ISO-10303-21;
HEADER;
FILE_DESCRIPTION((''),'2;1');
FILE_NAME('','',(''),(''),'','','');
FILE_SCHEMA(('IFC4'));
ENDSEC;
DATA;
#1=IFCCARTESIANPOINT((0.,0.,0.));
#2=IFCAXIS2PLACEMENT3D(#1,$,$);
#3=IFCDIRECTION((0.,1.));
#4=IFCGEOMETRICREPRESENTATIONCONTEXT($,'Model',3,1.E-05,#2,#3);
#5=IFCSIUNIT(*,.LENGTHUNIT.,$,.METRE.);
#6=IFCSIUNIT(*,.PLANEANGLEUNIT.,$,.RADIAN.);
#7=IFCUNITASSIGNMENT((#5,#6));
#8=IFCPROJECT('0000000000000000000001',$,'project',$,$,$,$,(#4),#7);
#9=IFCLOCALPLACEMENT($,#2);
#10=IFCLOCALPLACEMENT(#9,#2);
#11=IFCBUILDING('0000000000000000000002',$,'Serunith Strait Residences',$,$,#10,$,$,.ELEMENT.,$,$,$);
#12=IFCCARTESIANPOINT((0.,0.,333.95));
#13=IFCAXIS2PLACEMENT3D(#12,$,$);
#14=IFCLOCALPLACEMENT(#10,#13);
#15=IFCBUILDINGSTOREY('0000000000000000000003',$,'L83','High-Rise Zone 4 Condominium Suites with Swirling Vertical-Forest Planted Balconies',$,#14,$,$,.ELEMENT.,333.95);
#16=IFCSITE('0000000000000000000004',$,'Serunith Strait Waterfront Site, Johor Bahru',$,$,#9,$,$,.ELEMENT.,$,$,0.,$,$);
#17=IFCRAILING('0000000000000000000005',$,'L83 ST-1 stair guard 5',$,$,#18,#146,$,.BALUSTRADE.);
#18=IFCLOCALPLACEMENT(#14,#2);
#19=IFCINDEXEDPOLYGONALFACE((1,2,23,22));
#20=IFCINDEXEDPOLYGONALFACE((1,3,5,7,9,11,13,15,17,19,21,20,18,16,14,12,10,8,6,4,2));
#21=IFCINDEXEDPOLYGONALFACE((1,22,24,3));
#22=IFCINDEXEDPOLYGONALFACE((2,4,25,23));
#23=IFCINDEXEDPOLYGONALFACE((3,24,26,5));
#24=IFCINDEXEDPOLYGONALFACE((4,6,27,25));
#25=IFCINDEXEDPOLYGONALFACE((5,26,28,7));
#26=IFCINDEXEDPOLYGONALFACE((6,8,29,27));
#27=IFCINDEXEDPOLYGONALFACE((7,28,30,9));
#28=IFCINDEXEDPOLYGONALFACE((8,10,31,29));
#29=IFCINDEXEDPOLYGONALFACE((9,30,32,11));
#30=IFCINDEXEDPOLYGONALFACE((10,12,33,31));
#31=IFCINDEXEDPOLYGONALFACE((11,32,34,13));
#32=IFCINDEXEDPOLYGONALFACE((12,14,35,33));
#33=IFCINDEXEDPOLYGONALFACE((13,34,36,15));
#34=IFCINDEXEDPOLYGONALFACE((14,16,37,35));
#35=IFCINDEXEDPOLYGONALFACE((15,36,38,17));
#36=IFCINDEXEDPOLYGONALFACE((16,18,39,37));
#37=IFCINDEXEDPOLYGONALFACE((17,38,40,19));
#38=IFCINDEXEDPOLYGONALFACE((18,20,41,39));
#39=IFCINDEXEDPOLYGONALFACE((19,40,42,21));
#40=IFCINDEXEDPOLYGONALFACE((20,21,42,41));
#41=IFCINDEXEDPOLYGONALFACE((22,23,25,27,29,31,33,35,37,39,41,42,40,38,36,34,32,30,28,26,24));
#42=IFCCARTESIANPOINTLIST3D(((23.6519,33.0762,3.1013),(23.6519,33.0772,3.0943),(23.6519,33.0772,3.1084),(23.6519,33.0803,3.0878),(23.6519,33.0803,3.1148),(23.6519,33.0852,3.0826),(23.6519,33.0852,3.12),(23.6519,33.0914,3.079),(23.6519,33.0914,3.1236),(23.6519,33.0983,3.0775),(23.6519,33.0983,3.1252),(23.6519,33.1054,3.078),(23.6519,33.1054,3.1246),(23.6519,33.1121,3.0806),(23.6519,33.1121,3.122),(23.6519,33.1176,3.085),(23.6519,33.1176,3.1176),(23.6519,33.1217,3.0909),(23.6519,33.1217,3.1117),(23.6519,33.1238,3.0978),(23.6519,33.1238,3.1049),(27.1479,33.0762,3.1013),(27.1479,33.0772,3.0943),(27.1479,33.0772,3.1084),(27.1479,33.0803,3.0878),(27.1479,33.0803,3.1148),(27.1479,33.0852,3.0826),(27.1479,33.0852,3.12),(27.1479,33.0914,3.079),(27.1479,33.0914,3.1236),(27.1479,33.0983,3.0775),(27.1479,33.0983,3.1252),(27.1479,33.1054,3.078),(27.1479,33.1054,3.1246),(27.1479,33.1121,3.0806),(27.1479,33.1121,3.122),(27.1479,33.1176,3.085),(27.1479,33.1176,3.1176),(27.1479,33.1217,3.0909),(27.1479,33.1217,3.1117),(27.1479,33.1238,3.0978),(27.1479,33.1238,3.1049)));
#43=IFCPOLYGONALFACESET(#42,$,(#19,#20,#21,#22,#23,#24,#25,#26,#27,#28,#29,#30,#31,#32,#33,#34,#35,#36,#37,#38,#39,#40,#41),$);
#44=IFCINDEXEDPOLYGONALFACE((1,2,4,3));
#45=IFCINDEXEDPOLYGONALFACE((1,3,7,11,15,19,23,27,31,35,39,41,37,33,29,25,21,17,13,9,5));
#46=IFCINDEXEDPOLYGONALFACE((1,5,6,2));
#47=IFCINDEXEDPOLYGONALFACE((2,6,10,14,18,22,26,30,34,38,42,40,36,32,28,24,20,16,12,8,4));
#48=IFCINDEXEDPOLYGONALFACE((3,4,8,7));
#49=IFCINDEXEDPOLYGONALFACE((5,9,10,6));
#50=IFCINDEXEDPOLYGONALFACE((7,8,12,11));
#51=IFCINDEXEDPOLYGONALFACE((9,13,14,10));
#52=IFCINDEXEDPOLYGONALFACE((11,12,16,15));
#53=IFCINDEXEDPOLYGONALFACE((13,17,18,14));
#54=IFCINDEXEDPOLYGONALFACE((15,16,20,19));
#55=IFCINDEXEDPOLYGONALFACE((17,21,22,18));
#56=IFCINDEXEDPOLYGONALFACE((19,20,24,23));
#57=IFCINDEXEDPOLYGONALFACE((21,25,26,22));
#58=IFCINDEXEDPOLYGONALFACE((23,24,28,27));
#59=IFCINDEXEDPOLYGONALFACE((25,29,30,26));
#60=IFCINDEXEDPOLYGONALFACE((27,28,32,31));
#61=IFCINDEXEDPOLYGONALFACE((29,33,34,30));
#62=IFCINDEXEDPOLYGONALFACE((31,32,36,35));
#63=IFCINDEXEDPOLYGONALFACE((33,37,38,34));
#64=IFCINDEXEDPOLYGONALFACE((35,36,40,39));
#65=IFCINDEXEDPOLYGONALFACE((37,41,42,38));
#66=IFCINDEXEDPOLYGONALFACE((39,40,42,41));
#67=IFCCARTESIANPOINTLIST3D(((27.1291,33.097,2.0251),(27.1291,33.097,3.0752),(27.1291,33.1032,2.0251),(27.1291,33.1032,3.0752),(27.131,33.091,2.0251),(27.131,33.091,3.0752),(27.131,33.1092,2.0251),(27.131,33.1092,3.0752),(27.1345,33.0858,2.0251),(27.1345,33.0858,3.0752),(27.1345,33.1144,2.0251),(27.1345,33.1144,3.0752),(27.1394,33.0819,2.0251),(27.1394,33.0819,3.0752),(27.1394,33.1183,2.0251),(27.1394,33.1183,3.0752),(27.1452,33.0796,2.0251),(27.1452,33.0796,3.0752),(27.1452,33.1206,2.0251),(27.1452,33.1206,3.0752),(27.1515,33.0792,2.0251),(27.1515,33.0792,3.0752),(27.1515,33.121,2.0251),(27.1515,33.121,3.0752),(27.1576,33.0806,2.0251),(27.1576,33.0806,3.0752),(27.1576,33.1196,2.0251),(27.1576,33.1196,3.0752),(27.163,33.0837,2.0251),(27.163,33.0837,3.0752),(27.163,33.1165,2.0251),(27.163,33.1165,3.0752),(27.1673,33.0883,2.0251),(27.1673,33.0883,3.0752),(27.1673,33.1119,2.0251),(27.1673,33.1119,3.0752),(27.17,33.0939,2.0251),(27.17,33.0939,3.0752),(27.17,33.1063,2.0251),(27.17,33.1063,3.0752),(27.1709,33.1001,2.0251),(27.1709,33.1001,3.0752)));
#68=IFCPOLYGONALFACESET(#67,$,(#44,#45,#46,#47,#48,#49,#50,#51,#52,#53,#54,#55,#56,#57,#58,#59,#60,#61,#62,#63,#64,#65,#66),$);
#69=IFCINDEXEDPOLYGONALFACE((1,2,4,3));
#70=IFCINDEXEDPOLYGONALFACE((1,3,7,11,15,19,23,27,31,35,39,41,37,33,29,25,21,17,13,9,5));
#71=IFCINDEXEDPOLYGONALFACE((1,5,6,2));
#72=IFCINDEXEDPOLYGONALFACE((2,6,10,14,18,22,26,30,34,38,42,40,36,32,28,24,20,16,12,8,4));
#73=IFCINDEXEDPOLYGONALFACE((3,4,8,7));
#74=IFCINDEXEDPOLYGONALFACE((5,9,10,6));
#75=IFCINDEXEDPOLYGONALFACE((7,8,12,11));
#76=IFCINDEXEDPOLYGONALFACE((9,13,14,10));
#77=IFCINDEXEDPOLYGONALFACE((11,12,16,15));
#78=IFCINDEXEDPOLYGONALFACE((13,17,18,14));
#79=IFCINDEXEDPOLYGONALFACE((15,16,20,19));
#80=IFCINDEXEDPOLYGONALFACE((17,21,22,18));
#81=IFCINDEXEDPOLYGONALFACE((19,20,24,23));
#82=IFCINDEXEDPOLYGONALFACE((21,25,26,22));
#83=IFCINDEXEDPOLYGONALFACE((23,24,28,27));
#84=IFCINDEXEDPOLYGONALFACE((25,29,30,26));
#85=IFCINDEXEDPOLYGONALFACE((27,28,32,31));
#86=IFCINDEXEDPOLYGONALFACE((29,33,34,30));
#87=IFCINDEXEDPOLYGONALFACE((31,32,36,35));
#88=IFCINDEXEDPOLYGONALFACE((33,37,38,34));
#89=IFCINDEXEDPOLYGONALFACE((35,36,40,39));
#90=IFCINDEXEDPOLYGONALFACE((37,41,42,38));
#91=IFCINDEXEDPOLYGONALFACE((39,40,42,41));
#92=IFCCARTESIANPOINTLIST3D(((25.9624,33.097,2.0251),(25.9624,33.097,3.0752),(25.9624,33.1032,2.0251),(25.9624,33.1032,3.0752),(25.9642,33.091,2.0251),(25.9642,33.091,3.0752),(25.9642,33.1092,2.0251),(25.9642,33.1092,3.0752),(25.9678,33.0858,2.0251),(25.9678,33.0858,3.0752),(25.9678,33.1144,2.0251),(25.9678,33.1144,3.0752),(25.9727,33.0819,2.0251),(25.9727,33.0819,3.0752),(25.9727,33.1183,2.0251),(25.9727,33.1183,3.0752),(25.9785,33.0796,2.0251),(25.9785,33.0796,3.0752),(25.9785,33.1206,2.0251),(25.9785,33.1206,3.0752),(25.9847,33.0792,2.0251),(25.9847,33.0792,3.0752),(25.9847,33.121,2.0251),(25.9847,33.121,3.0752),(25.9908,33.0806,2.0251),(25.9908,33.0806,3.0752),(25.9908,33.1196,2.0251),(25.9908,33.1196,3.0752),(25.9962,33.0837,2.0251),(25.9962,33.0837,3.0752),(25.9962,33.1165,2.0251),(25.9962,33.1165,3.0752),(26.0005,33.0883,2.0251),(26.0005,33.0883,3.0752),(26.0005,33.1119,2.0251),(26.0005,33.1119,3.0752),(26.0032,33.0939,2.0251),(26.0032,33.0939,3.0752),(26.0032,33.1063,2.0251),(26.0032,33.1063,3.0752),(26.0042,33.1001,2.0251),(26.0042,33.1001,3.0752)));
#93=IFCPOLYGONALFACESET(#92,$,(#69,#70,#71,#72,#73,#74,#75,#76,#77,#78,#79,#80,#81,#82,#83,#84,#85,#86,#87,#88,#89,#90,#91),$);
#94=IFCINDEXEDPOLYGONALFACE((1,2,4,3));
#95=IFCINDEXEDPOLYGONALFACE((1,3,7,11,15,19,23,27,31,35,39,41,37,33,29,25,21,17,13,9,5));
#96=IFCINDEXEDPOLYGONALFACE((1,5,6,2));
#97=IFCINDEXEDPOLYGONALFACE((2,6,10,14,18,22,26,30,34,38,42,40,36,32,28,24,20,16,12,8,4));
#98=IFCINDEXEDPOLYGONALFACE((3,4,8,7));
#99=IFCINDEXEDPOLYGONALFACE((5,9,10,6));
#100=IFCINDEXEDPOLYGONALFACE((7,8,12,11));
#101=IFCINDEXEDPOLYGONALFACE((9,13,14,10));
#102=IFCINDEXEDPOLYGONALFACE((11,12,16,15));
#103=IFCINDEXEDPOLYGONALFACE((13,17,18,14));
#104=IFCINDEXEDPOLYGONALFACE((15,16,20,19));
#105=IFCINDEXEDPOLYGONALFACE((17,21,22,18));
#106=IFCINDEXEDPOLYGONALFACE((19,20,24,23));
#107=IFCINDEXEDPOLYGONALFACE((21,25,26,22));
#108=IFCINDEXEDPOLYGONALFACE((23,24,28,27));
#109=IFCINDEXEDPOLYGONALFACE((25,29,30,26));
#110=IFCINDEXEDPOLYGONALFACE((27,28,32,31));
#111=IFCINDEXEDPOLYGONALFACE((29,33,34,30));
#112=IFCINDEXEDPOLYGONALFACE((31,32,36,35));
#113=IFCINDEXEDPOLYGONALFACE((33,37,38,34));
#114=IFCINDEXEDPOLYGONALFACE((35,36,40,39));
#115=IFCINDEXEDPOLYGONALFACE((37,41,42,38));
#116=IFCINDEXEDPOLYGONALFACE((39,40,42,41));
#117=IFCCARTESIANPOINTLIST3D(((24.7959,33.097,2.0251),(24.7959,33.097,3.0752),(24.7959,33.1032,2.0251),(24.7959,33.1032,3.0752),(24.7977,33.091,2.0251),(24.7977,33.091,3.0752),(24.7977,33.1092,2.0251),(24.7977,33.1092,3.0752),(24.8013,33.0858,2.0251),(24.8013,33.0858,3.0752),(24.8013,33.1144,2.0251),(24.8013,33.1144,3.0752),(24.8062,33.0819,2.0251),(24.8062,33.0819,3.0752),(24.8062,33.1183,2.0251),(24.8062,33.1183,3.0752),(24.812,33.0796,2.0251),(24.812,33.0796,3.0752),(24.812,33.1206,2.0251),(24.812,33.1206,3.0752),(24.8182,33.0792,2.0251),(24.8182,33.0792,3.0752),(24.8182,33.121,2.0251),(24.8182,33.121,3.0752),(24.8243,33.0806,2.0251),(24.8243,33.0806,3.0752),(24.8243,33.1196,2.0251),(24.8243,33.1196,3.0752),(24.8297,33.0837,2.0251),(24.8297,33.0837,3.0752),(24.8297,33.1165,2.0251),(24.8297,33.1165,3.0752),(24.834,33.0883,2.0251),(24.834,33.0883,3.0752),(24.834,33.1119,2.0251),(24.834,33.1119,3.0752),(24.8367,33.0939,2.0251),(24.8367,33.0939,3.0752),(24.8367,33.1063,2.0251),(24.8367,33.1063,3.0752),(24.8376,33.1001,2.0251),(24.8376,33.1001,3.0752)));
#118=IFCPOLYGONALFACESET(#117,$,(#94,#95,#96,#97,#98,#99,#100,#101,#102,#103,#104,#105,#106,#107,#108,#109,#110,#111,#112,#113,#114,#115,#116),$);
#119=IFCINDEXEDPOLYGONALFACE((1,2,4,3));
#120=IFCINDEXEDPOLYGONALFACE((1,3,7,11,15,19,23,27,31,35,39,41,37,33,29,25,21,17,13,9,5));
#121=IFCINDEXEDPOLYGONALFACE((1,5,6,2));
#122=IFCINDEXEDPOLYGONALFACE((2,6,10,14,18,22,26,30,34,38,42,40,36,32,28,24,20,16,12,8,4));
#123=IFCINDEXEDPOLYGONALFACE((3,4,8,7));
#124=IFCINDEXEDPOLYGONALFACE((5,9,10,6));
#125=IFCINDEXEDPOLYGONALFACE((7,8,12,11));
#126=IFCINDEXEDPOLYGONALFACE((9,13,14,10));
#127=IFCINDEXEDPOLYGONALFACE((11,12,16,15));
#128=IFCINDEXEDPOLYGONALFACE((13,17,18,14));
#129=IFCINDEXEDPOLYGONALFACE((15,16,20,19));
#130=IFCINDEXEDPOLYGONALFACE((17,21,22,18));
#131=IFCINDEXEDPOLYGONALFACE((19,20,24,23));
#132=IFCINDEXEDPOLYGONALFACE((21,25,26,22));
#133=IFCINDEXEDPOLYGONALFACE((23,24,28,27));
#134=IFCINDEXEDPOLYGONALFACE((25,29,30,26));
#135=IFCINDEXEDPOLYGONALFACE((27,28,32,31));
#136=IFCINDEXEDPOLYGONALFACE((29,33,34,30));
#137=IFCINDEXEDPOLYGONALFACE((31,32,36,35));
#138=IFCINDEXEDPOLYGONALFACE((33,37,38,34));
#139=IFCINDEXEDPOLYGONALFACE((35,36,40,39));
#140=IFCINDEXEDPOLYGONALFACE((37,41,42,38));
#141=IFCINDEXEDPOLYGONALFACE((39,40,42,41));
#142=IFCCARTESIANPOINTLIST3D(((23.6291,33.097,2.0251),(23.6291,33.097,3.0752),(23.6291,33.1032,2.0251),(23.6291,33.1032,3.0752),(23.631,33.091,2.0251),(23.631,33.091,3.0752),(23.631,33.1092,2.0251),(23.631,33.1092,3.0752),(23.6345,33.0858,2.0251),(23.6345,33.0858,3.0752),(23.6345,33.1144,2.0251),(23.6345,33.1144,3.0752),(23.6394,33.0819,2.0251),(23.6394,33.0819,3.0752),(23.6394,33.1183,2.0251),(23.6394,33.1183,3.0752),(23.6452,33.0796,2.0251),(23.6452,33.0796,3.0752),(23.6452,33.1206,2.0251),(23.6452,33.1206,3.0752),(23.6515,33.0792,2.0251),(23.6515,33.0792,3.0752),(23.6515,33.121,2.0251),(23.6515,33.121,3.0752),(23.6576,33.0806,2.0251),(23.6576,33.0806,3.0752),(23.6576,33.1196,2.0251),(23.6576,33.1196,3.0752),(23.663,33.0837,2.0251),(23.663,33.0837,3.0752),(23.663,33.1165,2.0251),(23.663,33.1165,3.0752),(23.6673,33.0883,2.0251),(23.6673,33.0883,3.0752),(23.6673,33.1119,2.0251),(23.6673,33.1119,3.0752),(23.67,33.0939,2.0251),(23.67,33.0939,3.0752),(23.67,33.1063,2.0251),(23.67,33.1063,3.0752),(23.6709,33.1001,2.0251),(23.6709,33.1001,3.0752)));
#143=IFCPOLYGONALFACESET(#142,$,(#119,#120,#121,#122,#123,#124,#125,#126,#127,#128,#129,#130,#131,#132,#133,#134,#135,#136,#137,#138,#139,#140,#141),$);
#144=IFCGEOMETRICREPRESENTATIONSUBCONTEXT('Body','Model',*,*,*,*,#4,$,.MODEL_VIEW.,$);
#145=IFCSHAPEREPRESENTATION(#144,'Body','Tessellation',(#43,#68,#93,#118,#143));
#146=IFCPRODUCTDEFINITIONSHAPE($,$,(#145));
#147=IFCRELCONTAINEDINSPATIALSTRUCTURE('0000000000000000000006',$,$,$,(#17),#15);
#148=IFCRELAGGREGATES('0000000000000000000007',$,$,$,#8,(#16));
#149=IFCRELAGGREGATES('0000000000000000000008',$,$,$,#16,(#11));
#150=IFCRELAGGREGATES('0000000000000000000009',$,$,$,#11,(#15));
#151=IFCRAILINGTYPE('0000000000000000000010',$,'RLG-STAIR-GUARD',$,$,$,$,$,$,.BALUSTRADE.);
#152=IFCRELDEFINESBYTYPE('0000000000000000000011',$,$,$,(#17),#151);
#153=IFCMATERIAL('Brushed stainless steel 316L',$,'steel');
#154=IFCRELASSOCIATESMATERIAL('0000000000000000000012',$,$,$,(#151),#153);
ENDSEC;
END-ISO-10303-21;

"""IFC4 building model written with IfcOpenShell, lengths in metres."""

from ifc_helpers import new_model, si_unit, direction, frame, origin, origin_2d, place, context, subcontext, project, spatial, circle, extrude, material, type_object, element, save


model = new_model("IFC4")

# Units and contexts
model_context = context("Model", 3, precision=1e-05, world=origin(), true_north=direction((0.0, 1.0)))
body_context = subcontext(model_context, "Body", "Model", "MODEL_VIEW")
ifc_project = project(units=[si_unit("LENGTHUNIT", "METRE"), si_unit("PLANEANGLEUNIT", "RADIAN")], contexts=[model_context])

# Site, building, storey
site_placement = place(None, origin())
site = spatial("IfcSite", under=ifc_project, at=site_placement, Name="Serunith Strait Waterfront Site, Johor Bahru", CompositionType="ELEMENT", RefElevation=0.0)
building_placement = place(site_placement, origin())
building = spatial("IfcBuilding", under=site, at=building_placement, Name="Serunith Strait Residences", CompositionType="ELEMENT")
storey_placement = place(building_placement, frame((0.0, 0.0, 333.95)))
storey = spatial("IfcBuildingStorey", under=building, at=storey_placement, Name="L83", Description="High-Rise Zone 4 Condominium Suites with Swirling Vertical-Forest Planted Balconies", CompositionType="ELEMENT", Elevation=333.95)

# Railing
ifc_material_1 = material(Name="Brushed stainless steel 316L", Category="steel")
railing_type_1 = type_object("IfcRailingType", Name="RLG-STAIR-GUARD", PredefinedType="BALUSTRADE", material=ifc_material_1)
railing_1_placement = place(storey_placement, frame((27.1499, 33.1001, 2.0251)))
element("IfcRailing", 1, at=railing_1_placement, inside=storey, type_object=railing_type_1, Name="L83 ST-1 stair guard 5", PredefinedType="BALUSTRADE", context=body_context, shape_type="SweptSolid", body=[
    extrude(circle(Radius=0.0239, at=origin_2d()), frame((-0.002, 0.0, 1.0762), z_axis=(-1.0, 0.0, 0.0), x_axis=(0.0, -1.0, 0.0)), (0.0, 0.0, 1.0), 3.4961),
    extrude(circle(Radius=0.021, at=origin_2d()), origin(), (0.0, 0.0, 1.0), 1.05),
    extrude(circle(Radius=0.021, at=origin_2d()), frame((-1.1667, 0.0, 0.0)), (0.0, 0.0, 1.0), 1.05),
    extrude(circle(Radius=0.021, at=origin_2d()), frame((-2.3333, 0.0, 0.0)), (0.0, 0.0, 1.0), 1.05),
    extrude(circle(Radius=0.021, at=origin_2d()), frame((-3.5, 0.0, 0.0)), (0.0, 0.0, 1.0), 1.05),
])

save(model, "model.ifc")
